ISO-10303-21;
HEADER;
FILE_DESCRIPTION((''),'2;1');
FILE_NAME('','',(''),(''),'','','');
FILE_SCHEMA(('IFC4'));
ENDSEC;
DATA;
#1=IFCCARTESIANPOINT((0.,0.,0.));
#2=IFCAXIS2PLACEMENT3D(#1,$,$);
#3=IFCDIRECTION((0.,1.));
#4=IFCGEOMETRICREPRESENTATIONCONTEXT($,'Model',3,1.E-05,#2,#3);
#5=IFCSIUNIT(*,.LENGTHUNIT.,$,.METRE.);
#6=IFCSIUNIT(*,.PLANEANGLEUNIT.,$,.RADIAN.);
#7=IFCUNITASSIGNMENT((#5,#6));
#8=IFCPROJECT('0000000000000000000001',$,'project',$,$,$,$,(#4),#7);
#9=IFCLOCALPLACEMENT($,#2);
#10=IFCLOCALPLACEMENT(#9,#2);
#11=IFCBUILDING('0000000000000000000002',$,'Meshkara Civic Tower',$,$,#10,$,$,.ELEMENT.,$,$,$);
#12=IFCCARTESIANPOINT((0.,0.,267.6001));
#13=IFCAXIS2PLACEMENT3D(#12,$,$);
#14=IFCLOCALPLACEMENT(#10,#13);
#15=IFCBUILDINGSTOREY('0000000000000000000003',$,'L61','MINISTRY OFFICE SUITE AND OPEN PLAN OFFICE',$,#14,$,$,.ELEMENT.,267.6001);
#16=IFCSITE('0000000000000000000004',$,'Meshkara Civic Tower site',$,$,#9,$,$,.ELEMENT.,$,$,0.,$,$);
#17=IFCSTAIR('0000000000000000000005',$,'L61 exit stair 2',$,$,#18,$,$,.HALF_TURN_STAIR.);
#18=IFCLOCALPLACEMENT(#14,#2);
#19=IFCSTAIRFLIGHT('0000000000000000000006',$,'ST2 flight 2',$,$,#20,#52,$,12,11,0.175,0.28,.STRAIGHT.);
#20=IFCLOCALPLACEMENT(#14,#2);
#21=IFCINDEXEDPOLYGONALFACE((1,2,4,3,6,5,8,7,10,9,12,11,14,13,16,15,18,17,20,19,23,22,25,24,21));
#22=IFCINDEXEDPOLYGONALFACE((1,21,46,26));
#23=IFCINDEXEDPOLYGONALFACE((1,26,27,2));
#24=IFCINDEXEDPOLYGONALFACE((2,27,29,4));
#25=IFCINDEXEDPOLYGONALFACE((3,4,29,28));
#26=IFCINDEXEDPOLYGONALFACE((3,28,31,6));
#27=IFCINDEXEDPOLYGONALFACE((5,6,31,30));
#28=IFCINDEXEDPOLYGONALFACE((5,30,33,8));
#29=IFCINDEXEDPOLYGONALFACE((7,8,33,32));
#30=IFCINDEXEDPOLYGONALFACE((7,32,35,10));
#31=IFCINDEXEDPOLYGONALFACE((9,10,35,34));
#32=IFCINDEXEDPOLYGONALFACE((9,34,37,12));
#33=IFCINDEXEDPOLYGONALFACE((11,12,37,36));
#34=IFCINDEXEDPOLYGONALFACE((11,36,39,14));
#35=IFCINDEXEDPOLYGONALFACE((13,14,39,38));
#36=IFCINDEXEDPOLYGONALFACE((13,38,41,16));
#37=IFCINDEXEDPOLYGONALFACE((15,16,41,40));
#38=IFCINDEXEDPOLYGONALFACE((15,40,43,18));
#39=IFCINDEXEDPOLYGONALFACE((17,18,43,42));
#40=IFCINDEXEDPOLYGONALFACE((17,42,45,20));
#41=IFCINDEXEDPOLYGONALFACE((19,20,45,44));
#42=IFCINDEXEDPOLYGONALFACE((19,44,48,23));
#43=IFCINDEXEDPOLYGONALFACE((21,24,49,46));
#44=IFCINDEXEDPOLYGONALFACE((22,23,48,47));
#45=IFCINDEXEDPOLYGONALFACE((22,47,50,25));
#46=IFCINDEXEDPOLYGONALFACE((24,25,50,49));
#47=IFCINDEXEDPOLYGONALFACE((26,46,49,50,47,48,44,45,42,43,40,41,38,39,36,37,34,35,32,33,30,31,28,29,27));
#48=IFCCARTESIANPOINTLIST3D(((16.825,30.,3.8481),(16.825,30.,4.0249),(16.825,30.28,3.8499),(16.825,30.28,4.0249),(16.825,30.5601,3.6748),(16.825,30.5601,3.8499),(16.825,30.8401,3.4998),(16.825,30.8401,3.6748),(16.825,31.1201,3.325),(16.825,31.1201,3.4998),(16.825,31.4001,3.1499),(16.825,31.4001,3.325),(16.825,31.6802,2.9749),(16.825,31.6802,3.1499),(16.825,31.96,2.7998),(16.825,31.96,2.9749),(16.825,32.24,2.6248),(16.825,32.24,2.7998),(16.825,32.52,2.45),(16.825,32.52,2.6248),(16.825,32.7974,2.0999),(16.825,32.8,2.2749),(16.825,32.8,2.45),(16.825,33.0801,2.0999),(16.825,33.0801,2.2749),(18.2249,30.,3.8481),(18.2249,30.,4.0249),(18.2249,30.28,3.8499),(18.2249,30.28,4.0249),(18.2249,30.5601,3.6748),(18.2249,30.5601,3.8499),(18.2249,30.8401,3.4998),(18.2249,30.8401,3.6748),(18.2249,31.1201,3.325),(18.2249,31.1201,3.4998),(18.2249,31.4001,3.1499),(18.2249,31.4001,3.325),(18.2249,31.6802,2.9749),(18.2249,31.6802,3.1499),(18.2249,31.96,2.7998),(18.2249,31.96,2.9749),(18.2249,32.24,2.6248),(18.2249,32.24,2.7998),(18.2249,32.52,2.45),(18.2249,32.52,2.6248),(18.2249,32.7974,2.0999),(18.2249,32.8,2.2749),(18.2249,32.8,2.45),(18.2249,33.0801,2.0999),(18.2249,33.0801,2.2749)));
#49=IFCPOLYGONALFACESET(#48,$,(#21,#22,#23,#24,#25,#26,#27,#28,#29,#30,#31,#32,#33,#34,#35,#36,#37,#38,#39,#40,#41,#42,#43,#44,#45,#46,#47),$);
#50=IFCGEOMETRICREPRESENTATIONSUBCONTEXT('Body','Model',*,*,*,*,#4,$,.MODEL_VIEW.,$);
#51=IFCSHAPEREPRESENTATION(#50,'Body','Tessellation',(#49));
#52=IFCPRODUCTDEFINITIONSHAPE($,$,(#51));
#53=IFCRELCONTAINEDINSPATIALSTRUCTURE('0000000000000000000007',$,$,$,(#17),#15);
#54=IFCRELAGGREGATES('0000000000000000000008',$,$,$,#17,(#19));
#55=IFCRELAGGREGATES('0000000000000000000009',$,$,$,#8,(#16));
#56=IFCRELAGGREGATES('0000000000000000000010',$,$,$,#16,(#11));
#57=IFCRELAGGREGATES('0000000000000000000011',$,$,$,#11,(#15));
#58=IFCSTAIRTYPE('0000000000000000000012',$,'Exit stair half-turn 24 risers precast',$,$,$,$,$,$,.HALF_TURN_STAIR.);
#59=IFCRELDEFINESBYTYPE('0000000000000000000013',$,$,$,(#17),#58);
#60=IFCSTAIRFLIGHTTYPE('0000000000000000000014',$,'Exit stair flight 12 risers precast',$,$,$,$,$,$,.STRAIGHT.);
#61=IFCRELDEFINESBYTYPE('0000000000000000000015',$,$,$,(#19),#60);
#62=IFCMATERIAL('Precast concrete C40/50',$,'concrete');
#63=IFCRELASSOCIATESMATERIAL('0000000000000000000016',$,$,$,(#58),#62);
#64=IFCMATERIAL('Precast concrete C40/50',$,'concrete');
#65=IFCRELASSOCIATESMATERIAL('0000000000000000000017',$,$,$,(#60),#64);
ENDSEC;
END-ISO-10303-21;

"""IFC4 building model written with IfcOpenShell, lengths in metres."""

from ifc_helpers import new_model, si_unit, direction, frame, origin, place, context, subcontext, project, spatial, polyline, outline, extrude, material, type_object, element, aggregate, save


model = new_model("IFC4")

# Units and contexts
model_context = context("Model", 3, precision=1e-05, world=origin(), true_north=direction((0.0, 1.0)))
body_context = subcontext(model_context, "Body", "Model", "MODEL_VIEW")
ifc_project = project(units=[si_unit("LENGTHUNIT", "METRE"), si_unit("PLANEANGLEUNIT", "RADIAN")], contexts=[model_context])

# Site, building, storey
site_placement = place(None, origin())
site = spatial("IfcSite", under=ifc_project, at=site_placement, Name="Meshkara Civic Tower site", CompositionType="ELEMENT", RefElevation=0.0)
building_placement = place(site_placement, origin())
building = spatial("IfcBuilding", under=site, at=building_placement, Name="Meshkara Civic Tower", CompositionType="ELEMENT")
storey_placement = place(building_placement, frame((0.0, 0.0, 267.6001)))
storey = spatial("IfcBuildingStorey", under=building, at=storey_placement, Name="L61", Description="MINISTRY OFFICE SUITE AND OPEN PLAN OFFICE", CompositionType="ELEMENT", Elevation=267.6001)

# Stair, stair flight
ifc_material_1 = material(Name="Precast concrete C40/50", Category="concrete")
stair_type = type_object("IfcStairType", Name="Exit stair half-turn 24 risers precast", PredefinedType="HALF_TURN_STAIR", material=ifc_material_1)
stair_placement = place(storey_placement, origin())
stair = element("IfcStair", 1, at=stair_placement, inside=storey, type_object=stair_type, Name="L61 exit stair 2", PredefinedType="HALF_TURN_STAIR")
ifc_material_2 = material(Name="Precast concrete C40/50", Category="concrete")
stair_flight_type = type_object("IfcStairFlightType", Name="Exit stair flight 12 risers precast", PredefinedType="STRAIGHT", material=ifc_material_2)
stair_flight_1_placement = place(storey_placement, frame((17.5249, 33.0801, 2.0999), z_axis=(0.0, 0.0, 1.0), x_axis=(0.0, -1.0, 0.0)))
stair_flight_1 = element("IfcStairFlight", 2, at=stair_flight_1_placement, type_object=stair_flight_type, Name="ST2 flight 2", NumberOfRisers=12, NumberOfTreads=11, PredefinedType="STRAIGHT", RiserHeight=0.175, TreadLength=0.28, context=body_context, shape_type="SweptSolid", body=[
    extrude(outline(polyline([(0.0, 0.0), (0.0, 0.175), (0.28, 0.175), (0.28, 0.3501), (0.5601, 0.3501), (0.5601, 0.5249), (0.8401, 0.5249), (0.8401, 0.7), (1.1201, 0.7), (1.1201, 0.875), (1.3999, 0.875), (1.3999, 1.05), (1.6799, 1.05), (1.6799, 1.2251), (1.96, 1.2251), (1.96, 1.3999), (2.24, 1.3999), (2.24, 1.575), (2.52, 1.575), (2.52, 1.75), (2.8, 1.75), (2.8, 1.925), (3.0801, 1.925), (3.0801, 2.1001), (3.0801, 1.7483), (0.2827, 0.0), (0.0, 0.0)])), frame((0.0, 0.7, 0.0), z_axis=(0.0, -1.0, 0.0), x_axis=(1.0, 0.0, 0.0)), (0.0, 0.0, 1.0), 1.3999),
])
aggregate(stair, [stair_flight_1])

save(model, "model.ifc")
